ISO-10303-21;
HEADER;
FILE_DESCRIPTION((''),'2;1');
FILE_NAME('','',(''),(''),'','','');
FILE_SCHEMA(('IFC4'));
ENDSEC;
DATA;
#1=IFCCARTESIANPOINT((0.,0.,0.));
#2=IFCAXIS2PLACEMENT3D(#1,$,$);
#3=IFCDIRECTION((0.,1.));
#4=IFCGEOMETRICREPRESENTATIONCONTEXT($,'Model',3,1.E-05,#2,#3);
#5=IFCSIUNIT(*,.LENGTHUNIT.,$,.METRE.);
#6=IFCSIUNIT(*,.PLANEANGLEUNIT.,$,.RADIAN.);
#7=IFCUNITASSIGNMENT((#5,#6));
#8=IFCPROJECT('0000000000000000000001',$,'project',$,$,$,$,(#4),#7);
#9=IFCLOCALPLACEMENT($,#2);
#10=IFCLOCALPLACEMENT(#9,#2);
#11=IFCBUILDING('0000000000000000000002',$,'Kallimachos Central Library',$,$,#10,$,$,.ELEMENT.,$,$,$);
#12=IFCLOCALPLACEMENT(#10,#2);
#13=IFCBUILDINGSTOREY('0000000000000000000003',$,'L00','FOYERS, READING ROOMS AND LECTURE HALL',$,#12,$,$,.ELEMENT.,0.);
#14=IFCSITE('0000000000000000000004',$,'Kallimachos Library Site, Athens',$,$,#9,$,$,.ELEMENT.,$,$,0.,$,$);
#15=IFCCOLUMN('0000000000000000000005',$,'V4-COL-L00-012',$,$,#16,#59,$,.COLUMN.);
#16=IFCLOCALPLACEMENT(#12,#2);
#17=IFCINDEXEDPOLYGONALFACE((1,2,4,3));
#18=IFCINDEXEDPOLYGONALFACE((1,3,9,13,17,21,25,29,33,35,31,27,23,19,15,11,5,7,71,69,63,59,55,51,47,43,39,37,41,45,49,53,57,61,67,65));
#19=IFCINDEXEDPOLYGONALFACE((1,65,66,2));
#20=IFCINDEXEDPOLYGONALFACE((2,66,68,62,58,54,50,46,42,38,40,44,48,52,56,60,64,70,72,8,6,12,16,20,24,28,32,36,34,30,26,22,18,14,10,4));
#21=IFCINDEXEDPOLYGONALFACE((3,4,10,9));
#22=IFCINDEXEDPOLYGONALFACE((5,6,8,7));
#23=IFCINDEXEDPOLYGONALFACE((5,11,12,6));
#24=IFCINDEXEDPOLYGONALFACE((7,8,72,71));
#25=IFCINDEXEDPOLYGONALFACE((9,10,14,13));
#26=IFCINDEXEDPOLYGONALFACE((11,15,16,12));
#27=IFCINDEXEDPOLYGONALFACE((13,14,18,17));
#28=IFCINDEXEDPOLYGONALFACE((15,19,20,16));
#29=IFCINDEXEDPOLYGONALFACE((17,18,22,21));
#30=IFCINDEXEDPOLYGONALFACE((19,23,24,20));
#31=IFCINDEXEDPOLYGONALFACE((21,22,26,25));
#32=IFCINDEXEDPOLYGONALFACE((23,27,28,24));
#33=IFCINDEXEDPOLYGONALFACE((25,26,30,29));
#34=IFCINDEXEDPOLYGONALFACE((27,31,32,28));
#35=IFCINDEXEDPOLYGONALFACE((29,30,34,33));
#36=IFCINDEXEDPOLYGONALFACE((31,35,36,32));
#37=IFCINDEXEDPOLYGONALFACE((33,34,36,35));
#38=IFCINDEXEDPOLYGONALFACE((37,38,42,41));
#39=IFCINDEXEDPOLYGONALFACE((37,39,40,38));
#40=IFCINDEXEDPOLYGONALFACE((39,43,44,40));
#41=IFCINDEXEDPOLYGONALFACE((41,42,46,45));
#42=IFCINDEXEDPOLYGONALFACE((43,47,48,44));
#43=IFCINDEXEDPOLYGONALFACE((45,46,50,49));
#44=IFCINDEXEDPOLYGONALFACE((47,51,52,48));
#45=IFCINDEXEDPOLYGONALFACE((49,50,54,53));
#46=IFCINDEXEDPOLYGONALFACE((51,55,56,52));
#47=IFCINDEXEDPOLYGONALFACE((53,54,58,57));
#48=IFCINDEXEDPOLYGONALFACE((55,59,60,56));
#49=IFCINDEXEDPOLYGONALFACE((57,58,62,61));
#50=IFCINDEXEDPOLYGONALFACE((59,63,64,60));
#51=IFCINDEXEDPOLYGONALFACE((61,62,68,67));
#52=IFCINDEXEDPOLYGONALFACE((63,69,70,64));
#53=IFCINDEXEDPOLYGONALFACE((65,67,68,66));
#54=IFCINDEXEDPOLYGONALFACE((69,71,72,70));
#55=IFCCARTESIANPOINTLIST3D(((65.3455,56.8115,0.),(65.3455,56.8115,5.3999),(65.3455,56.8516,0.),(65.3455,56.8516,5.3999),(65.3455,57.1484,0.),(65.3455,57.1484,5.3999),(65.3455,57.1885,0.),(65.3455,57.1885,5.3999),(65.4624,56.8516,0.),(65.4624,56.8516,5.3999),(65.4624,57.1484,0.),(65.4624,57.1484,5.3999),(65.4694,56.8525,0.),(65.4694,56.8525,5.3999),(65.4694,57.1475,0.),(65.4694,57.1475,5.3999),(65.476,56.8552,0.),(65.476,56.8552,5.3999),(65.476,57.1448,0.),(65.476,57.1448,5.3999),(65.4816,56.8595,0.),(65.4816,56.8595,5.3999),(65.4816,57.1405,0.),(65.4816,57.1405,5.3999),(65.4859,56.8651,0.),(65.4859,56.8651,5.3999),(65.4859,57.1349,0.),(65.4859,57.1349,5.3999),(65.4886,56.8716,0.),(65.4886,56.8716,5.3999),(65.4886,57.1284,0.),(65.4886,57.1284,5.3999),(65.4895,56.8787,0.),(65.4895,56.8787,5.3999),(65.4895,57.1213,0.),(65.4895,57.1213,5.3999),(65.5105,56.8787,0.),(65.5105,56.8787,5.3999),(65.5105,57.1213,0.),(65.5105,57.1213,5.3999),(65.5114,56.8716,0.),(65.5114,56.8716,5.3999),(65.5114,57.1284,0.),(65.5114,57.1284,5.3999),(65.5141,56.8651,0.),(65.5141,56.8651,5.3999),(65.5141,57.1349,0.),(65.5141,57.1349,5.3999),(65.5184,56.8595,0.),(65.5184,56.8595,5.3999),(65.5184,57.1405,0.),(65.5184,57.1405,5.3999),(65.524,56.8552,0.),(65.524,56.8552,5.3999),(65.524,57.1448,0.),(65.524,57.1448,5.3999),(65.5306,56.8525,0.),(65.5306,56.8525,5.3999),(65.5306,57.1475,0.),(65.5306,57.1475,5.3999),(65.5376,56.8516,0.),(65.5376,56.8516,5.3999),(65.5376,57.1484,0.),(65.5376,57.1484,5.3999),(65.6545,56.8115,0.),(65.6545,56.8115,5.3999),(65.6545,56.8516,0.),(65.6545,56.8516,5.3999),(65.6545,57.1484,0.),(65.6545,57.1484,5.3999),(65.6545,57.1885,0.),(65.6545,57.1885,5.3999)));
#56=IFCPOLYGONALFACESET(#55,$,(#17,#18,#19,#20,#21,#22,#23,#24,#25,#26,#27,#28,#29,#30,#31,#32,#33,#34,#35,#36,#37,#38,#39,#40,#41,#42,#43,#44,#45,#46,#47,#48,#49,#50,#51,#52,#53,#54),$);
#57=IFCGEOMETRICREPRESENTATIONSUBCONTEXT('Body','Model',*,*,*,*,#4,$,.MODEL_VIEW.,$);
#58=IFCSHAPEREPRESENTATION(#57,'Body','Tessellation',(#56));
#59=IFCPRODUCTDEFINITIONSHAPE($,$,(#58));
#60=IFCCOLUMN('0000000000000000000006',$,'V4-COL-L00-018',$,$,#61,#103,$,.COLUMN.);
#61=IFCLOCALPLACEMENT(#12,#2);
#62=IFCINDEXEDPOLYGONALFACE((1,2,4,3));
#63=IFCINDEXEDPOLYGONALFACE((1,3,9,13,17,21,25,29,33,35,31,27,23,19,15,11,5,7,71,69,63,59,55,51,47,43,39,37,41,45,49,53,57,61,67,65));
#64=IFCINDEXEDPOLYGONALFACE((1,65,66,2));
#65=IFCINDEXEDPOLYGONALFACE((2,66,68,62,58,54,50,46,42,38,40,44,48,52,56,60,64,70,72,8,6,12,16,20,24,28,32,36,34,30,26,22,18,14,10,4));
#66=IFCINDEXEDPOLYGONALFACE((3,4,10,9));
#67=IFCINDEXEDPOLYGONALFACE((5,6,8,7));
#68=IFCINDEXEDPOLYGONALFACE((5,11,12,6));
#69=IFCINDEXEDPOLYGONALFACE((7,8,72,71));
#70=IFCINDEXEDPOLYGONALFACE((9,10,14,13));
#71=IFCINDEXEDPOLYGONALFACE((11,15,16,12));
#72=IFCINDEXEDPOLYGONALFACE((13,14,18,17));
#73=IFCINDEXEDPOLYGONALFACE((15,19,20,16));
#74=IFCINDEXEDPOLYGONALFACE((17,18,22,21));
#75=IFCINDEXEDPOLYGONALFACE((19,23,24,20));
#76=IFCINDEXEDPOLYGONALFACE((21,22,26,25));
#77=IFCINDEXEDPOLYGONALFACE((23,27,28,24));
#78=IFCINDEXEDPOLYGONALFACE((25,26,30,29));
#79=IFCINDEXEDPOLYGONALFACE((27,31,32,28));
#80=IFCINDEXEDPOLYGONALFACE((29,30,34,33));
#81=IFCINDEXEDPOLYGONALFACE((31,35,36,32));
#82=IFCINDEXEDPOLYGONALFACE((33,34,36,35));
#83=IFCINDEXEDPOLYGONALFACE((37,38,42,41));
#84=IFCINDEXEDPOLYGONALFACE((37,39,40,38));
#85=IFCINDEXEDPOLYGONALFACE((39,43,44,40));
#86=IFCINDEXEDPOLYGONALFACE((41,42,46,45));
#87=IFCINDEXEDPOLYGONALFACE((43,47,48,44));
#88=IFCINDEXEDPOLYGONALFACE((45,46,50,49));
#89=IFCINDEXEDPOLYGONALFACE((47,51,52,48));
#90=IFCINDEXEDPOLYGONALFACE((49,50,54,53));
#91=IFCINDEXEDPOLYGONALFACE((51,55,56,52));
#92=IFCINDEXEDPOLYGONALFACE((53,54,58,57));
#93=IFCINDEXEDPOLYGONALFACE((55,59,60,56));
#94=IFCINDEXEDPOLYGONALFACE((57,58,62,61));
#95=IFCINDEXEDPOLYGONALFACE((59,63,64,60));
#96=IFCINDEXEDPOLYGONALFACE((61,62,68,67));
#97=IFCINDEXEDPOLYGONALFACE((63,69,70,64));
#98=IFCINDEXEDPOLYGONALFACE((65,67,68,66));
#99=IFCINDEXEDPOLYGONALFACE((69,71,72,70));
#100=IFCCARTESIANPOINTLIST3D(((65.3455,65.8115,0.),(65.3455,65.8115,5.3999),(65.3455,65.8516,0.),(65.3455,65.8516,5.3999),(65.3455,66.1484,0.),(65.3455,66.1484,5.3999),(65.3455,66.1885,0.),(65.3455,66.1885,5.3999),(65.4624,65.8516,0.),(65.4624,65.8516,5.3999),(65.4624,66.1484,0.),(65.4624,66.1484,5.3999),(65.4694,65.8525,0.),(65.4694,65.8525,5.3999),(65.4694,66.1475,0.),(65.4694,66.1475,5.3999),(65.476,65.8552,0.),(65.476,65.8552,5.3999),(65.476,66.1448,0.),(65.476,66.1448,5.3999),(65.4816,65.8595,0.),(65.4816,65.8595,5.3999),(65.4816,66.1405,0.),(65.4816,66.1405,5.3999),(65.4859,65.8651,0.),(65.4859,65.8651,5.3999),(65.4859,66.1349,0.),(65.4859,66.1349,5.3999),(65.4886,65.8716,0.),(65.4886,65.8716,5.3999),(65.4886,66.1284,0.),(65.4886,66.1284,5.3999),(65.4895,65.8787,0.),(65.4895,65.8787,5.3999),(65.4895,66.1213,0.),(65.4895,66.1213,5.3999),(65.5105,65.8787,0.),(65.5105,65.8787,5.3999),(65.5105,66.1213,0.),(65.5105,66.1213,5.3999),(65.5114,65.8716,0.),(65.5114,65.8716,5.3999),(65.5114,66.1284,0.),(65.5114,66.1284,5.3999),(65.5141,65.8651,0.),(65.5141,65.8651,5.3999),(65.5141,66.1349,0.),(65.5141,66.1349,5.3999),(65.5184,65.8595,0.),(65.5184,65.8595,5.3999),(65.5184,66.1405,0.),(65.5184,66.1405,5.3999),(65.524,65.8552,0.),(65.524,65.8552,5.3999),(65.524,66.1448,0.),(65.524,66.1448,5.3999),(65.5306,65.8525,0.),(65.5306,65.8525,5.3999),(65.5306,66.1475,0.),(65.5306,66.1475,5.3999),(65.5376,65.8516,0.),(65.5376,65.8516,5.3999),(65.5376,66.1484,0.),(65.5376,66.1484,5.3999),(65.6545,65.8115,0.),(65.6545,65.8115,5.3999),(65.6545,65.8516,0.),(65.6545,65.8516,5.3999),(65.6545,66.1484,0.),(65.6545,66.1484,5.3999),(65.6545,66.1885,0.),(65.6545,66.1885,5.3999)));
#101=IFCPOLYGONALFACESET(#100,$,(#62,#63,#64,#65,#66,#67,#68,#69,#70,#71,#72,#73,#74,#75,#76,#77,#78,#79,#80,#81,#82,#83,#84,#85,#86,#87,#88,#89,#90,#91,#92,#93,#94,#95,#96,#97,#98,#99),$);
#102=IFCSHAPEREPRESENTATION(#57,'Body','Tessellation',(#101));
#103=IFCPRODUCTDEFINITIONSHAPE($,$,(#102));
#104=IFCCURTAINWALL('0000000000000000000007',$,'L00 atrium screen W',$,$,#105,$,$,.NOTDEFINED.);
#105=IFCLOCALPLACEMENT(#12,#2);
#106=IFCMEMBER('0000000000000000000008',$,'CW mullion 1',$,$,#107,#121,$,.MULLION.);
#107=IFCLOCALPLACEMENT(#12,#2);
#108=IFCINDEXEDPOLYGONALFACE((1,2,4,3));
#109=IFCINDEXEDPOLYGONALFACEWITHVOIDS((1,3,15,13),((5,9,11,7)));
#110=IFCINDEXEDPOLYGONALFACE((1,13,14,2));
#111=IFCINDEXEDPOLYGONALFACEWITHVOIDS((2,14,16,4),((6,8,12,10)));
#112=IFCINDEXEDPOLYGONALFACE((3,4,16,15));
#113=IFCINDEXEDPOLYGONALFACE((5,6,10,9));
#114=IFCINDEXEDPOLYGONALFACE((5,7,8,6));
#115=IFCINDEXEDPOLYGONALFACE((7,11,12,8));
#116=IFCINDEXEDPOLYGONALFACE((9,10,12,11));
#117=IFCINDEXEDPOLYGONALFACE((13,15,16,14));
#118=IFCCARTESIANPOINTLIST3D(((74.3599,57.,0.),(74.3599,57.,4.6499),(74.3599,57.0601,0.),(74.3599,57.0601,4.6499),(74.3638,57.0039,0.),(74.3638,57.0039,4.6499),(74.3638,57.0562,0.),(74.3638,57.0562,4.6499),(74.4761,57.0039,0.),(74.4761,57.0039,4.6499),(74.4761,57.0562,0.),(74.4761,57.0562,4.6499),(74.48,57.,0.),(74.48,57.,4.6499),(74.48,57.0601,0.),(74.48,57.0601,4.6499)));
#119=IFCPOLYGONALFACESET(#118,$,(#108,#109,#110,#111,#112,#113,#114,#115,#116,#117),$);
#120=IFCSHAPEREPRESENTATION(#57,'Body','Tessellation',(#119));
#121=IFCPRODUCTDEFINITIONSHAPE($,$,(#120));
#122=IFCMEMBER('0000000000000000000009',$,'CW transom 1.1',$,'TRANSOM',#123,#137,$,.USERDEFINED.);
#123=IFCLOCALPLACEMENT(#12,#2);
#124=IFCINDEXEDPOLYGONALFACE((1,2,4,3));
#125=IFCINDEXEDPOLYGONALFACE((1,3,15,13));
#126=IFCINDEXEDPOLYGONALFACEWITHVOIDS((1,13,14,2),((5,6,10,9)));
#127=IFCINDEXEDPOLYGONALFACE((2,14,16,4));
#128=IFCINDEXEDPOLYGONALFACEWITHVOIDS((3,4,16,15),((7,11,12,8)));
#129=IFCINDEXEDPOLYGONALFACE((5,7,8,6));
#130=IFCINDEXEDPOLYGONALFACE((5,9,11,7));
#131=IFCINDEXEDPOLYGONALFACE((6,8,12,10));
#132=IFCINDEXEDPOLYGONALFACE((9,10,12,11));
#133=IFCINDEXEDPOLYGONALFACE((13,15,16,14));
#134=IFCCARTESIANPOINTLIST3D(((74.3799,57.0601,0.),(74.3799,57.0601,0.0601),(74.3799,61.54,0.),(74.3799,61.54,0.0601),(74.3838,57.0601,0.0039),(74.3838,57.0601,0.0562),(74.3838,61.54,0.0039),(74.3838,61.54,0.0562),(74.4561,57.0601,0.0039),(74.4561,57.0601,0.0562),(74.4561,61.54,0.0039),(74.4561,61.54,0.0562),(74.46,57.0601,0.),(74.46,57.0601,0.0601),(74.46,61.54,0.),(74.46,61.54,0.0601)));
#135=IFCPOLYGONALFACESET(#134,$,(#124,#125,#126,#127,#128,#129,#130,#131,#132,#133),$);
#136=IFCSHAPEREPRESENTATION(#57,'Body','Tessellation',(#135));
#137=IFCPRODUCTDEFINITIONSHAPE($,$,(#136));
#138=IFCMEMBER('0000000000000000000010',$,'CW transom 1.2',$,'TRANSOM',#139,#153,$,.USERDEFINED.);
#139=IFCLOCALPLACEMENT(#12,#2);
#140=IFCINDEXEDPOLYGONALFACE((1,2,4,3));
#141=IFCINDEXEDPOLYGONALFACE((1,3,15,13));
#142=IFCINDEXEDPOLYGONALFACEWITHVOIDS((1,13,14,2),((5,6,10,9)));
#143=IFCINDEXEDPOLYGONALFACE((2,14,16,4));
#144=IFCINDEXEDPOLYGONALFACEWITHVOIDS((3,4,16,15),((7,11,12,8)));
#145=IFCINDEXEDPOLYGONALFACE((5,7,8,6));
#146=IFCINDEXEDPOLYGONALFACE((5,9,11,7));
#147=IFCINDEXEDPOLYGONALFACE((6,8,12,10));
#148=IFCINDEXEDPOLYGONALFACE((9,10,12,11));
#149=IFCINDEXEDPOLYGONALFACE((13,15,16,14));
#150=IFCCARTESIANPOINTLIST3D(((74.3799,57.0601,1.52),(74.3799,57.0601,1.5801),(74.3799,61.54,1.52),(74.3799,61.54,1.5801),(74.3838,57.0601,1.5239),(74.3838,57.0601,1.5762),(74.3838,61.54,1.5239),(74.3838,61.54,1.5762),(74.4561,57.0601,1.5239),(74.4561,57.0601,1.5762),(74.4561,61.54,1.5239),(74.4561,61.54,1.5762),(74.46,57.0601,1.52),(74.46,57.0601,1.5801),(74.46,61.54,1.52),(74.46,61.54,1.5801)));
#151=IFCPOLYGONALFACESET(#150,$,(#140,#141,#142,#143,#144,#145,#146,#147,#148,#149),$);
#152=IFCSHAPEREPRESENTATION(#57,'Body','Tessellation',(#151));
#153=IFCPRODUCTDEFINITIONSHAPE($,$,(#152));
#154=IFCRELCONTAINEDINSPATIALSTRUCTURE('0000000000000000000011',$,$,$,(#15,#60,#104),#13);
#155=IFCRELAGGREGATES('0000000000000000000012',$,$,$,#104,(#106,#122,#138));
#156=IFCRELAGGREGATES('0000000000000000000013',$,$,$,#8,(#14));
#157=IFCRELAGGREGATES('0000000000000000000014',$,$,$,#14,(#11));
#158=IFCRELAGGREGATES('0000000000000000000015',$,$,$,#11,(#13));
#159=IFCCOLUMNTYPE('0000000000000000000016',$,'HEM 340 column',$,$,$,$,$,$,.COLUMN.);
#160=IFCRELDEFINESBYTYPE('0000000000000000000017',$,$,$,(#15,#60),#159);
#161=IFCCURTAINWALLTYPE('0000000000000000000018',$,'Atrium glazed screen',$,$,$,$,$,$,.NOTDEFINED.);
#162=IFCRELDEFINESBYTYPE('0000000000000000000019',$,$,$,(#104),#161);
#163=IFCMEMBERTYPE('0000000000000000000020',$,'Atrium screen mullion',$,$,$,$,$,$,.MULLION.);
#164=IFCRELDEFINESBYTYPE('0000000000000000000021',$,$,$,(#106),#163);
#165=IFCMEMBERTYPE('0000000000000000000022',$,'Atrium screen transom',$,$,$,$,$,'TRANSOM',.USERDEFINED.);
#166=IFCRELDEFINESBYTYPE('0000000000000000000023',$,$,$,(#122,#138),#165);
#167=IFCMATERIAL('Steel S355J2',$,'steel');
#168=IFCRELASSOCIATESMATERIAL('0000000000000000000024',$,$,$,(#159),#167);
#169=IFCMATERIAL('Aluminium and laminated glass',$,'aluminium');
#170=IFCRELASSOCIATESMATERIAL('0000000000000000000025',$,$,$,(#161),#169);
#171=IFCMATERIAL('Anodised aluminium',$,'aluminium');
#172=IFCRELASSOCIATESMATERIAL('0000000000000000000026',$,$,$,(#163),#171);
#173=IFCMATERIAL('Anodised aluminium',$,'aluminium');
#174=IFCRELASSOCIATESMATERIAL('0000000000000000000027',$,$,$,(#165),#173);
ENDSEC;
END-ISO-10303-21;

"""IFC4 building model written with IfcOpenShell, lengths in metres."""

from ifc_helpers import new_model, si_unit, direction, frame, origin, origin_2d, place, context, subcontext, project, spatial, hollow_rectangle, i_section, extrude, material, material_profile, profile_set, type_object, element, aggregate, save


model = new_model("IFC4")

# Units and contexts
model_context = context("Model", 3, precision=1e-05, world=origin(), true_north=direction((0.0, 1.0)))
body_context = subcontext(model_context, "Body", "Model", "MODEL_VIEW")
ifc_project = project(units=[si_unit("LENGTHUNIT", "METRE"), si_unit("PLANEANGLEUNIT", "RADIAN")], contexts=[model_context])

# Site, building, storey
site_placement = place(None, origin())
site = spatial("IfcSite", under=ifc_project, at=site_placement, Name="Kallimachos Library Site, Athens", CompositionType="ELEMENT", RefElevation=0.0)
building_placement = place(site_placement, origin())
building = spatial("IfcBuilding", under=site, at=building_placement, Name="Kallimachos Central Library", CompositionType="ELEMENT")
storey_placement = place(building_placement, origin())
storey = spatial("IfcBuildingStorey", under=building, at=storey_placement, Name="L00", Description="FOYERS, READING ROOMS AND LECTURE HALL", CompositionType="ELEMENT", Elevation=0.0)

# Columns
ifc_material_1 = material(Name="Steel S355J2", Category="steel")
ifc_material_profile_1 = material_profile(ifc_material_1, i_section(OverallWidth=0.3091, OverallDepth=0.377, WebThickness=0.021, FlangeThickness=0.04, FilletRadius=0.0271, at=origin_2d()), Name="HEM 340")
ifc_profile_set_1 = profile_set([ifc_material_profile_1], Name="Steel S355J2")
column_type = type_object("IfcColumnType", Name="HEM 340 column", PredefinedType="COLUMN", material=ifc_profile_set_1)
for number, where, z_axis, x_axis, name in (
    (1, (65.5, 57.0, 0.0), (0.0, 0.0, 1.0), (1.0, 0.0, 0.0), "V4-COL-L00-012"),
    (2, (65.5, 66.0, 0.0), (0.0, 0.0, 1.0), (1.0, 0.0, 0.0), "V4-COL-L00-018"),
):
    element("IfcColumn", number, at=place(storey_placement, frame(where, z_axis=z_axis, x_axis=x_axis)), inside=storey, type_object=column_type, Name=name, PredefinedType="COLUMN", context=body_context, shape_type="SweptSolid", body=[
        extrude(i_section(OverallWidth=0.3091, OverallDepth=0.377, WebThickness=0.021, FlangeThickness=0.04, FilletRadius=0.0271, at=origin_2d()), origin(), (0.0, 0.0, 1.0), 5.3999),
    ])

# Curtain wall, members
ifc_material_2 = material(Name="Aluminium and laminated glass", Category="aluminium")
curtain_wall_type = type_object("IfcCurtainWallType", Name="Atrium glazed screen", PredefinedType="NOTDEFINED", material=ifc_material_2)
curtain_wall_placement = place(storey_placement, origin())
curtain_wall = element("IfcCurtainWall", 3, at=curtain_wall_placement, inside=storey, type_object=curtain_wall_type, Name="L00 atrium screen W", PredefinedType="NOTDEFINED")
ifc_material_3 = material(Name="Anodised aluminium", Category="aluminium")
ifc_material_profile_2 = material_profile(ifc_material_3, hollow_rectangle(XDim=0.0601, YDim=0.1201, WallThickness=0.0039, at=origin_2d()), Name="ALU MULLION 60x120")
ifc_profile_set_2 = profile_set([ifc_material_profile_2], Name="Anodised aluminium")
member_type_1 = type_object("IfcMemberType", Name="Atrium screen mullion", PredefinedType="MULLION", material=ifc_profile_set_2)
member_1_placement = place(storey_placement, frame((74.4199, 57.03, 0.0), z_axis=(0.0, 0.0, 1.0), x_axis=(0.0, 1.0, 0.0)))
member_1 = element("IfcMember", 4, at=member_1_placement, type_object=member_type_1, Name="CW mullion 1", PredefinedType="MULLION", context=body_context, shape_type="SweptSolid", body=[
    extrude(hollow_rectangle(XDim=0.0601, YDim=0.1201, WallThickness=0.0039, at=origin_2d()), origin(), (0.0, 0.0, 1.0), 4.6499),
])
ifc_material_4 = material(Name="Anodised aluminium", Category="aluminium")
ifc_material_profile_3 = material_profile(ifc_material_4, hollow_rectangle(XDim=0.0601, YDim=0.0801, WallThickness=0.0039, at=origin_2d()), Name="ALU TRANSOM 60x80")
ifc_profile_set_3 = profile_set([ifc_material_profile_3], Name="Anodised aluminium")
member_type_2 = type_object("IfcMemberType", Name="Atrium screen transom", ElementType="TRANSOM", PredefinedType="USERDEFINED", material=ifc_profile_set_3)
member_2_placement = place(storey_placement, frame((74.4199, 57.0601, 0.03), z_axis=(0.0, 1.0, 0.0), x_axis=(0.0, 0.0, 1.0)))
member_2 = element("IfcMember", 5, at=member_2_placement, type_object=member_type_2, Name="CW transom 1.1", ObjectType="TRANSOM", PredefinedType="USERDEFINED", context=body_context, shape_type="SweptSolid", body=[
    extrude(hollow_rectangle(XDim=0.0601, YDim=0.0801, WallThickness=0.0039, at=origin_2d()), origin(), (0.0, 0.0, 1.0), 4.48),
])
member_3_placement = place(storey_placement, frame((74.4199, 57.0601, 1.55), z_axis=(0.0, 1.0, 0.0), x_axis=(0.0, 0.0, 1.0)))
member_3 = element("IfcMember", 6, at=member_3_placement, type_object=member_type_2, Name="CW transom 1.2", ObjectType="TRANSOM", PredefinedType="USERDEFINED", context=body_context, shape_type="SweptSolid", body=[
    extrude(hollow_rectangle(XDim=0.0601, YDim=0.0801, WallThickness=0.0039, at=origin_2d()), origin(), (0.0, 0.0, 1.0), 4.48),
])
aggregate(curtain_wall, [member_1, member_2, member_3])

save(model, "model.ifc")
